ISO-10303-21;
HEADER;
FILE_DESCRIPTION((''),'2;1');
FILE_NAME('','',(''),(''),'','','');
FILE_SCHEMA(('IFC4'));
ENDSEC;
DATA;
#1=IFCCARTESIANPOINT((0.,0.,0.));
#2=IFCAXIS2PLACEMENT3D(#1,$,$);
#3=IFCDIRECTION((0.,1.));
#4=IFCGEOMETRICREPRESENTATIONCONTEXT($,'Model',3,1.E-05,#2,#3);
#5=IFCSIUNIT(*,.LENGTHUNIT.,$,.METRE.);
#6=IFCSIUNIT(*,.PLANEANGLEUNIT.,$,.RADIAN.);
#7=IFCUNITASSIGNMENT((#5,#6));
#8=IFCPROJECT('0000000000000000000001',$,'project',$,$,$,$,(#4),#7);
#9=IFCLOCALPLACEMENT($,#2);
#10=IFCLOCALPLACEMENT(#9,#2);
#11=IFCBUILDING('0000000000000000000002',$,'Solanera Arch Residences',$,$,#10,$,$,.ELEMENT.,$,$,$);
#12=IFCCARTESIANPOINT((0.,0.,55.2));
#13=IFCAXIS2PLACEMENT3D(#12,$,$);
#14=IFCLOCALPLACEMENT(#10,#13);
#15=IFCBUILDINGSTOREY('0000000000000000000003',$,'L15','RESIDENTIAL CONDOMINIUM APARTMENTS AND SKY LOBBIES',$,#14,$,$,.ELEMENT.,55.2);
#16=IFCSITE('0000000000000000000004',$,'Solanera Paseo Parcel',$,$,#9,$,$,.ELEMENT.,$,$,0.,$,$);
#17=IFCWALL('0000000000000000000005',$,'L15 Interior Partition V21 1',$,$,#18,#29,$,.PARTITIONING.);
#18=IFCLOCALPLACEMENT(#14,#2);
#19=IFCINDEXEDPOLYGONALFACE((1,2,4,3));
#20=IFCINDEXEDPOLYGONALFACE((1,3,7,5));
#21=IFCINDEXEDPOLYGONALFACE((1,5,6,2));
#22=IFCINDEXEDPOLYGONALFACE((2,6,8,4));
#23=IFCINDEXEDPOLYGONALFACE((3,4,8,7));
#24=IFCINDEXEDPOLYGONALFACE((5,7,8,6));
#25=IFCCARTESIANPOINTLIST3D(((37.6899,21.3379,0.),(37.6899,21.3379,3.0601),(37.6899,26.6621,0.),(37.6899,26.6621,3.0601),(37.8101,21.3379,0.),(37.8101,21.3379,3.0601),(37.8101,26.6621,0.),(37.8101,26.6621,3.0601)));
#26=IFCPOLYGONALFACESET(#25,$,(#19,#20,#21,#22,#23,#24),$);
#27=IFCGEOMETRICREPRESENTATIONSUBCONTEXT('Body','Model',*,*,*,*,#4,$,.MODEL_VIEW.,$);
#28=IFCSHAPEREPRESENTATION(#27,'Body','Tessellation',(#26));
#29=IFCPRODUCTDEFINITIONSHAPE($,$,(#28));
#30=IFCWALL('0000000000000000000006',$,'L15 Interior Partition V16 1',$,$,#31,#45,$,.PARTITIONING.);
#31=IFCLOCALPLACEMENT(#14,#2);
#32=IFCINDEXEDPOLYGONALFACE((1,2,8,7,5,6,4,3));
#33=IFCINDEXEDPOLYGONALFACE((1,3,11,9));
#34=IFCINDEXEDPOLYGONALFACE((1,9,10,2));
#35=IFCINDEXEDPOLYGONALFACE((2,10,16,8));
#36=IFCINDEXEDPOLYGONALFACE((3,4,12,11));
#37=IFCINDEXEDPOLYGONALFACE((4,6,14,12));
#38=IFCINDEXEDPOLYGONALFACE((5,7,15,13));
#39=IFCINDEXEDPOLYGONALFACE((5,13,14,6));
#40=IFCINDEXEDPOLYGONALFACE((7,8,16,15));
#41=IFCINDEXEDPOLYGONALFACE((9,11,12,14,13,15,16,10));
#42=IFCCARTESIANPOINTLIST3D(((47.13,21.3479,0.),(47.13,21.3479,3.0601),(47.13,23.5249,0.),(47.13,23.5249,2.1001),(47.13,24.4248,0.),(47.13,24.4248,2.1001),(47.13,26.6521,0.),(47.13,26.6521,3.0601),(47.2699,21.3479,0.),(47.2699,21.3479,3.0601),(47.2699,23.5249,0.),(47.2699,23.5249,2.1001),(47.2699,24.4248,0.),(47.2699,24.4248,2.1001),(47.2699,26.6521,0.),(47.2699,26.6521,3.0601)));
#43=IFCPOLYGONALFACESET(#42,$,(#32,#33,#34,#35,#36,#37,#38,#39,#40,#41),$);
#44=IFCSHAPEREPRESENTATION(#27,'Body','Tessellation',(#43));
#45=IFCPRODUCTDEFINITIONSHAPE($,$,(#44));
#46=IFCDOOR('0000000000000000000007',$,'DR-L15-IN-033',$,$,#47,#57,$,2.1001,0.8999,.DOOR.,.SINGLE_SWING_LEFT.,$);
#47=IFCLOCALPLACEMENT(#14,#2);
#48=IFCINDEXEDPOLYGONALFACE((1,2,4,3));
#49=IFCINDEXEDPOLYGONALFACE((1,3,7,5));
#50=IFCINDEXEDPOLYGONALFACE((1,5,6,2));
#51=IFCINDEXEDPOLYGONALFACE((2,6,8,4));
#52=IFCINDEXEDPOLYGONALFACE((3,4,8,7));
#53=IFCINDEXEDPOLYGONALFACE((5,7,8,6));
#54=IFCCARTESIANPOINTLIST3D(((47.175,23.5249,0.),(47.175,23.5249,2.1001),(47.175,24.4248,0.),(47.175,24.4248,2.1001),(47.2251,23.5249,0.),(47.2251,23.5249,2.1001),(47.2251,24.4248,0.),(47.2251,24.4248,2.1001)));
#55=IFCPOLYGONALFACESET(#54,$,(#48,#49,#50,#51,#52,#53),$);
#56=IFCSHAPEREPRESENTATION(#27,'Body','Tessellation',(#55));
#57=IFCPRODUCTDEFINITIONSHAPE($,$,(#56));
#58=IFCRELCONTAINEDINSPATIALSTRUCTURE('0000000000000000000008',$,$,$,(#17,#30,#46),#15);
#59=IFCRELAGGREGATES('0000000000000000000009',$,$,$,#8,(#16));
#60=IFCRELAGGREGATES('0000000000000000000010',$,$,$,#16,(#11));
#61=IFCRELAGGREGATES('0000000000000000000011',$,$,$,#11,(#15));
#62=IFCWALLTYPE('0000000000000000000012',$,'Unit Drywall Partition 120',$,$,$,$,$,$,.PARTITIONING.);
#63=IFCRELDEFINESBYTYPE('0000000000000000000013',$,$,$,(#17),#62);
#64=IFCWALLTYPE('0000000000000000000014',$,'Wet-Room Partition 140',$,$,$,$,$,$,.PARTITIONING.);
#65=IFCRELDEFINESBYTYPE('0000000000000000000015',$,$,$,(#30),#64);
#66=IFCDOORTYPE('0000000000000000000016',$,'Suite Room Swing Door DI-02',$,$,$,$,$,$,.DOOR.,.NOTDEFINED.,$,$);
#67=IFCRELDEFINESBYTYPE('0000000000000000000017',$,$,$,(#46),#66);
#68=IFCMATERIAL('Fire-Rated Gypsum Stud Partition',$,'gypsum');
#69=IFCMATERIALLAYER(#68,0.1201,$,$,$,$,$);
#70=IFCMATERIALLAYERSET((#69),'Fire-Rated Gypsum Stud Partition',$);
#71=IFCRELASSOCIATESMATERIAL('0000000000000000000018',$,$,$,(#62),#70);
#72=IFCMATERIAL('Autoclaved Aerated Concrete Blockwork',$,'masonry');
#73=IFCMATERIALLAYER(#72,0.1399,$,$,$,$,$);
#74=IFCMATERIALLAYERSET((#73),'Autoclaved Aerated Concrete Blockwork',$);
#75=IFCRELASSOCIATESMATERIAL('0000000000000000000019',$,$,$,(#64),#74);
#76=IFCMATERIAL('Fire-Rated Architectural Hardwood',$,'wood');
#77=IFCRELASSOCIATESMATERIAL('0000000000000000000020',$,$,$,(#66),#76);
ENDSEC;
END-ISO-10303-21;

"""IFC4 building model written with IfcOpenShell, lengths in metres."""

from ifc_helpers import new_model, si_unit, direction, frame, frame_2d, origin, place, context, subcontext, project, spatial, rectangle, extrude, material, layer, layer_set, type_object, element, fill, save


model = new_model("IFC4")

# Units and contexts
model_context = context("Model", 3, precision=1e-05, world=origin(), true_north=direction((0.0, 1.0)))
body_context = subcontext(model_context, "Body", "Model", "MODEL_VIEW")
ifc_project = project(units=[si_unit("LENGTHUNIT", "METRE"), si_unit("PLANEANGLEUNIT", "RADIAN")], contexts=[model_context])

# Site, building, storey
site_placement = place(None, origin())
site = spatial("IfcSite", under=ifc_project, at=site_placement, Name="Solanera Paseo Parcel", CompositionType="ELEMENT", RefElevation=0.0)
building_placement = place(site_placement, origin())
building = spatial("IfcBuilding", under=site, at=building_placement, Name="Solanera Arch Residences", CompositionType="ELEMENT")
storey_placement = place(building_placement, frame((0.0, 0.0, 55.2)))
storey = spatial("IfcBuildingStorey", under=building, at=storey_placement, Name="L15", Description="RESIDENTIAL CONDOMINIUM APARTMENTS AND SKY LOBBIES", CompositionType="ELEMENT", Elevation=55.2)

# Wall
ifc_material_1 = material(Name="Fire-Rated Gypsum Stud Partition", Category="gypsum")
ifc_layer_1 = layer(ifc_material_1, 0.1201)
ifc_layer_set_1 = layer_set([ifc_layer_1], Name="Fire-Rated Gypsum Stud Partition")
wall_type_1 = type_object("IfcWallType", Name="Unit Drywall Partition 120", PredefinedType="PARTITIONING", material=ifc_layer_set_1)
wall_1_placement = place(storey_placement, frame((37.75, 21.3379, 0.0), z_axis=(0.0, 0.0, 1.0), x_axis=(0.0, 1.0, 0.0)))
element("IfcWall", 1, at=wall_1_placement, inside=storey, type_object=wall_type_1, Name="L15 Interior Partition V21 1", PredefinedType="PARTITIONING", context=body_context, shape_type="SweptSolid", body=[
    extrude(rectangle(XDim=5.3242, YDim=0.1201, at=frame_2d((2.6621, 0.0))), origin(), (0.0, 0.0, 1.0), 3.0601),
])

# Wall, opening, door
ifc_material_2 = material(Name="Autoclaved Aerated Concrete Blockwork", Category="masonry")
ifc_layer_2 = layer(ifc_material_2, 0.1399)
ifc_layer_set_2 = layer_set([ifc_layer_2], Name="Autoclaved Aerated Concrete Blockwork")
wall_type_2 = type_object("IfcWallType", Name="Wet-Room Partition 140", PredefinedType="PARTITIONING", material=ifc_layer_set_2)
wall_2_placement = place(storey_placement, frame((47.2, 21.3479, 0.0), z_axis=(0.0, 0.0, 1.0), x_axis=(0.0, 1.0, 0.0)))
wall_2 = element("IfcWall", 2, at=wall_2_placement, inside=storey, type_object=wall_type_2, Name="L15 Interior Partition V16 1", PredefinedType="PARTITIONING", context=body_context, shape_type="SweptSolid", body=[
    extrude(rectangle(XDim=5.3042, YDim=0.1399, at=frame_2d((2.6521, 0.0))), origin(), (0.0, 0.0, 1.0), 3.0601),
])
opening_1_placement = place(wall_2_placement, frame((2.177, 0.0, 0.0)))
opening_1 = element("IfcOpeningElement", 3, at=opening_1_placement, cuts=wall_2, PredefinedType="OPENING", context=body_context, shape_type="SweptSolid", body=[
    extrude(rectangle(XDim=0.8999, YDim=2.1001, at=frame_2d((0.45, 1.05))), frame((0.0, 0.0798, 0.0), z_axis=(0.0, -1.0, 0.0), x_axis=(1.0, 0.0, 0.0)), (0.0, 0.0, 1.0), 0.1599),
])
ifc_material_3 = material(Name="Fire-Rated Architectural Hardwood", Category="wood")
door_type_1 = type_object("IfcDoorType", Name="Suite Room Swing Door DI-02", OperationType="NOTDEFINED", PredefinedType="DOOR", material=ifc_material_3)
door_1_placement = place(opening_1_placement, origin())
door_1 = element("IfcDoor", 4, at=door_1_placement, inside=storey, type_object=door_type_1, Name="DR-L15-IN-033", OperationType="SINGLE_SWING_LEFT", OverallHeight=2.1001, OverallWidth=0.8999, PredefinedType="DOOR", context=body_context, shape_type="SweptSolid", body=[
    extrude(rectangle(XDim=0.8999, YDim=2.1001, at=frame_2d((0.45, 1.05))), frame((0.0, 0.0249, 0.0), z_axis=(0.0, -1.0, 0.0), x_axis=(1.0, 0.0, 0.0)), (0.0, 0.0, 1.0), 0.05),
])
fill(opening_1, door_1)

save(model, "model.ifc")
